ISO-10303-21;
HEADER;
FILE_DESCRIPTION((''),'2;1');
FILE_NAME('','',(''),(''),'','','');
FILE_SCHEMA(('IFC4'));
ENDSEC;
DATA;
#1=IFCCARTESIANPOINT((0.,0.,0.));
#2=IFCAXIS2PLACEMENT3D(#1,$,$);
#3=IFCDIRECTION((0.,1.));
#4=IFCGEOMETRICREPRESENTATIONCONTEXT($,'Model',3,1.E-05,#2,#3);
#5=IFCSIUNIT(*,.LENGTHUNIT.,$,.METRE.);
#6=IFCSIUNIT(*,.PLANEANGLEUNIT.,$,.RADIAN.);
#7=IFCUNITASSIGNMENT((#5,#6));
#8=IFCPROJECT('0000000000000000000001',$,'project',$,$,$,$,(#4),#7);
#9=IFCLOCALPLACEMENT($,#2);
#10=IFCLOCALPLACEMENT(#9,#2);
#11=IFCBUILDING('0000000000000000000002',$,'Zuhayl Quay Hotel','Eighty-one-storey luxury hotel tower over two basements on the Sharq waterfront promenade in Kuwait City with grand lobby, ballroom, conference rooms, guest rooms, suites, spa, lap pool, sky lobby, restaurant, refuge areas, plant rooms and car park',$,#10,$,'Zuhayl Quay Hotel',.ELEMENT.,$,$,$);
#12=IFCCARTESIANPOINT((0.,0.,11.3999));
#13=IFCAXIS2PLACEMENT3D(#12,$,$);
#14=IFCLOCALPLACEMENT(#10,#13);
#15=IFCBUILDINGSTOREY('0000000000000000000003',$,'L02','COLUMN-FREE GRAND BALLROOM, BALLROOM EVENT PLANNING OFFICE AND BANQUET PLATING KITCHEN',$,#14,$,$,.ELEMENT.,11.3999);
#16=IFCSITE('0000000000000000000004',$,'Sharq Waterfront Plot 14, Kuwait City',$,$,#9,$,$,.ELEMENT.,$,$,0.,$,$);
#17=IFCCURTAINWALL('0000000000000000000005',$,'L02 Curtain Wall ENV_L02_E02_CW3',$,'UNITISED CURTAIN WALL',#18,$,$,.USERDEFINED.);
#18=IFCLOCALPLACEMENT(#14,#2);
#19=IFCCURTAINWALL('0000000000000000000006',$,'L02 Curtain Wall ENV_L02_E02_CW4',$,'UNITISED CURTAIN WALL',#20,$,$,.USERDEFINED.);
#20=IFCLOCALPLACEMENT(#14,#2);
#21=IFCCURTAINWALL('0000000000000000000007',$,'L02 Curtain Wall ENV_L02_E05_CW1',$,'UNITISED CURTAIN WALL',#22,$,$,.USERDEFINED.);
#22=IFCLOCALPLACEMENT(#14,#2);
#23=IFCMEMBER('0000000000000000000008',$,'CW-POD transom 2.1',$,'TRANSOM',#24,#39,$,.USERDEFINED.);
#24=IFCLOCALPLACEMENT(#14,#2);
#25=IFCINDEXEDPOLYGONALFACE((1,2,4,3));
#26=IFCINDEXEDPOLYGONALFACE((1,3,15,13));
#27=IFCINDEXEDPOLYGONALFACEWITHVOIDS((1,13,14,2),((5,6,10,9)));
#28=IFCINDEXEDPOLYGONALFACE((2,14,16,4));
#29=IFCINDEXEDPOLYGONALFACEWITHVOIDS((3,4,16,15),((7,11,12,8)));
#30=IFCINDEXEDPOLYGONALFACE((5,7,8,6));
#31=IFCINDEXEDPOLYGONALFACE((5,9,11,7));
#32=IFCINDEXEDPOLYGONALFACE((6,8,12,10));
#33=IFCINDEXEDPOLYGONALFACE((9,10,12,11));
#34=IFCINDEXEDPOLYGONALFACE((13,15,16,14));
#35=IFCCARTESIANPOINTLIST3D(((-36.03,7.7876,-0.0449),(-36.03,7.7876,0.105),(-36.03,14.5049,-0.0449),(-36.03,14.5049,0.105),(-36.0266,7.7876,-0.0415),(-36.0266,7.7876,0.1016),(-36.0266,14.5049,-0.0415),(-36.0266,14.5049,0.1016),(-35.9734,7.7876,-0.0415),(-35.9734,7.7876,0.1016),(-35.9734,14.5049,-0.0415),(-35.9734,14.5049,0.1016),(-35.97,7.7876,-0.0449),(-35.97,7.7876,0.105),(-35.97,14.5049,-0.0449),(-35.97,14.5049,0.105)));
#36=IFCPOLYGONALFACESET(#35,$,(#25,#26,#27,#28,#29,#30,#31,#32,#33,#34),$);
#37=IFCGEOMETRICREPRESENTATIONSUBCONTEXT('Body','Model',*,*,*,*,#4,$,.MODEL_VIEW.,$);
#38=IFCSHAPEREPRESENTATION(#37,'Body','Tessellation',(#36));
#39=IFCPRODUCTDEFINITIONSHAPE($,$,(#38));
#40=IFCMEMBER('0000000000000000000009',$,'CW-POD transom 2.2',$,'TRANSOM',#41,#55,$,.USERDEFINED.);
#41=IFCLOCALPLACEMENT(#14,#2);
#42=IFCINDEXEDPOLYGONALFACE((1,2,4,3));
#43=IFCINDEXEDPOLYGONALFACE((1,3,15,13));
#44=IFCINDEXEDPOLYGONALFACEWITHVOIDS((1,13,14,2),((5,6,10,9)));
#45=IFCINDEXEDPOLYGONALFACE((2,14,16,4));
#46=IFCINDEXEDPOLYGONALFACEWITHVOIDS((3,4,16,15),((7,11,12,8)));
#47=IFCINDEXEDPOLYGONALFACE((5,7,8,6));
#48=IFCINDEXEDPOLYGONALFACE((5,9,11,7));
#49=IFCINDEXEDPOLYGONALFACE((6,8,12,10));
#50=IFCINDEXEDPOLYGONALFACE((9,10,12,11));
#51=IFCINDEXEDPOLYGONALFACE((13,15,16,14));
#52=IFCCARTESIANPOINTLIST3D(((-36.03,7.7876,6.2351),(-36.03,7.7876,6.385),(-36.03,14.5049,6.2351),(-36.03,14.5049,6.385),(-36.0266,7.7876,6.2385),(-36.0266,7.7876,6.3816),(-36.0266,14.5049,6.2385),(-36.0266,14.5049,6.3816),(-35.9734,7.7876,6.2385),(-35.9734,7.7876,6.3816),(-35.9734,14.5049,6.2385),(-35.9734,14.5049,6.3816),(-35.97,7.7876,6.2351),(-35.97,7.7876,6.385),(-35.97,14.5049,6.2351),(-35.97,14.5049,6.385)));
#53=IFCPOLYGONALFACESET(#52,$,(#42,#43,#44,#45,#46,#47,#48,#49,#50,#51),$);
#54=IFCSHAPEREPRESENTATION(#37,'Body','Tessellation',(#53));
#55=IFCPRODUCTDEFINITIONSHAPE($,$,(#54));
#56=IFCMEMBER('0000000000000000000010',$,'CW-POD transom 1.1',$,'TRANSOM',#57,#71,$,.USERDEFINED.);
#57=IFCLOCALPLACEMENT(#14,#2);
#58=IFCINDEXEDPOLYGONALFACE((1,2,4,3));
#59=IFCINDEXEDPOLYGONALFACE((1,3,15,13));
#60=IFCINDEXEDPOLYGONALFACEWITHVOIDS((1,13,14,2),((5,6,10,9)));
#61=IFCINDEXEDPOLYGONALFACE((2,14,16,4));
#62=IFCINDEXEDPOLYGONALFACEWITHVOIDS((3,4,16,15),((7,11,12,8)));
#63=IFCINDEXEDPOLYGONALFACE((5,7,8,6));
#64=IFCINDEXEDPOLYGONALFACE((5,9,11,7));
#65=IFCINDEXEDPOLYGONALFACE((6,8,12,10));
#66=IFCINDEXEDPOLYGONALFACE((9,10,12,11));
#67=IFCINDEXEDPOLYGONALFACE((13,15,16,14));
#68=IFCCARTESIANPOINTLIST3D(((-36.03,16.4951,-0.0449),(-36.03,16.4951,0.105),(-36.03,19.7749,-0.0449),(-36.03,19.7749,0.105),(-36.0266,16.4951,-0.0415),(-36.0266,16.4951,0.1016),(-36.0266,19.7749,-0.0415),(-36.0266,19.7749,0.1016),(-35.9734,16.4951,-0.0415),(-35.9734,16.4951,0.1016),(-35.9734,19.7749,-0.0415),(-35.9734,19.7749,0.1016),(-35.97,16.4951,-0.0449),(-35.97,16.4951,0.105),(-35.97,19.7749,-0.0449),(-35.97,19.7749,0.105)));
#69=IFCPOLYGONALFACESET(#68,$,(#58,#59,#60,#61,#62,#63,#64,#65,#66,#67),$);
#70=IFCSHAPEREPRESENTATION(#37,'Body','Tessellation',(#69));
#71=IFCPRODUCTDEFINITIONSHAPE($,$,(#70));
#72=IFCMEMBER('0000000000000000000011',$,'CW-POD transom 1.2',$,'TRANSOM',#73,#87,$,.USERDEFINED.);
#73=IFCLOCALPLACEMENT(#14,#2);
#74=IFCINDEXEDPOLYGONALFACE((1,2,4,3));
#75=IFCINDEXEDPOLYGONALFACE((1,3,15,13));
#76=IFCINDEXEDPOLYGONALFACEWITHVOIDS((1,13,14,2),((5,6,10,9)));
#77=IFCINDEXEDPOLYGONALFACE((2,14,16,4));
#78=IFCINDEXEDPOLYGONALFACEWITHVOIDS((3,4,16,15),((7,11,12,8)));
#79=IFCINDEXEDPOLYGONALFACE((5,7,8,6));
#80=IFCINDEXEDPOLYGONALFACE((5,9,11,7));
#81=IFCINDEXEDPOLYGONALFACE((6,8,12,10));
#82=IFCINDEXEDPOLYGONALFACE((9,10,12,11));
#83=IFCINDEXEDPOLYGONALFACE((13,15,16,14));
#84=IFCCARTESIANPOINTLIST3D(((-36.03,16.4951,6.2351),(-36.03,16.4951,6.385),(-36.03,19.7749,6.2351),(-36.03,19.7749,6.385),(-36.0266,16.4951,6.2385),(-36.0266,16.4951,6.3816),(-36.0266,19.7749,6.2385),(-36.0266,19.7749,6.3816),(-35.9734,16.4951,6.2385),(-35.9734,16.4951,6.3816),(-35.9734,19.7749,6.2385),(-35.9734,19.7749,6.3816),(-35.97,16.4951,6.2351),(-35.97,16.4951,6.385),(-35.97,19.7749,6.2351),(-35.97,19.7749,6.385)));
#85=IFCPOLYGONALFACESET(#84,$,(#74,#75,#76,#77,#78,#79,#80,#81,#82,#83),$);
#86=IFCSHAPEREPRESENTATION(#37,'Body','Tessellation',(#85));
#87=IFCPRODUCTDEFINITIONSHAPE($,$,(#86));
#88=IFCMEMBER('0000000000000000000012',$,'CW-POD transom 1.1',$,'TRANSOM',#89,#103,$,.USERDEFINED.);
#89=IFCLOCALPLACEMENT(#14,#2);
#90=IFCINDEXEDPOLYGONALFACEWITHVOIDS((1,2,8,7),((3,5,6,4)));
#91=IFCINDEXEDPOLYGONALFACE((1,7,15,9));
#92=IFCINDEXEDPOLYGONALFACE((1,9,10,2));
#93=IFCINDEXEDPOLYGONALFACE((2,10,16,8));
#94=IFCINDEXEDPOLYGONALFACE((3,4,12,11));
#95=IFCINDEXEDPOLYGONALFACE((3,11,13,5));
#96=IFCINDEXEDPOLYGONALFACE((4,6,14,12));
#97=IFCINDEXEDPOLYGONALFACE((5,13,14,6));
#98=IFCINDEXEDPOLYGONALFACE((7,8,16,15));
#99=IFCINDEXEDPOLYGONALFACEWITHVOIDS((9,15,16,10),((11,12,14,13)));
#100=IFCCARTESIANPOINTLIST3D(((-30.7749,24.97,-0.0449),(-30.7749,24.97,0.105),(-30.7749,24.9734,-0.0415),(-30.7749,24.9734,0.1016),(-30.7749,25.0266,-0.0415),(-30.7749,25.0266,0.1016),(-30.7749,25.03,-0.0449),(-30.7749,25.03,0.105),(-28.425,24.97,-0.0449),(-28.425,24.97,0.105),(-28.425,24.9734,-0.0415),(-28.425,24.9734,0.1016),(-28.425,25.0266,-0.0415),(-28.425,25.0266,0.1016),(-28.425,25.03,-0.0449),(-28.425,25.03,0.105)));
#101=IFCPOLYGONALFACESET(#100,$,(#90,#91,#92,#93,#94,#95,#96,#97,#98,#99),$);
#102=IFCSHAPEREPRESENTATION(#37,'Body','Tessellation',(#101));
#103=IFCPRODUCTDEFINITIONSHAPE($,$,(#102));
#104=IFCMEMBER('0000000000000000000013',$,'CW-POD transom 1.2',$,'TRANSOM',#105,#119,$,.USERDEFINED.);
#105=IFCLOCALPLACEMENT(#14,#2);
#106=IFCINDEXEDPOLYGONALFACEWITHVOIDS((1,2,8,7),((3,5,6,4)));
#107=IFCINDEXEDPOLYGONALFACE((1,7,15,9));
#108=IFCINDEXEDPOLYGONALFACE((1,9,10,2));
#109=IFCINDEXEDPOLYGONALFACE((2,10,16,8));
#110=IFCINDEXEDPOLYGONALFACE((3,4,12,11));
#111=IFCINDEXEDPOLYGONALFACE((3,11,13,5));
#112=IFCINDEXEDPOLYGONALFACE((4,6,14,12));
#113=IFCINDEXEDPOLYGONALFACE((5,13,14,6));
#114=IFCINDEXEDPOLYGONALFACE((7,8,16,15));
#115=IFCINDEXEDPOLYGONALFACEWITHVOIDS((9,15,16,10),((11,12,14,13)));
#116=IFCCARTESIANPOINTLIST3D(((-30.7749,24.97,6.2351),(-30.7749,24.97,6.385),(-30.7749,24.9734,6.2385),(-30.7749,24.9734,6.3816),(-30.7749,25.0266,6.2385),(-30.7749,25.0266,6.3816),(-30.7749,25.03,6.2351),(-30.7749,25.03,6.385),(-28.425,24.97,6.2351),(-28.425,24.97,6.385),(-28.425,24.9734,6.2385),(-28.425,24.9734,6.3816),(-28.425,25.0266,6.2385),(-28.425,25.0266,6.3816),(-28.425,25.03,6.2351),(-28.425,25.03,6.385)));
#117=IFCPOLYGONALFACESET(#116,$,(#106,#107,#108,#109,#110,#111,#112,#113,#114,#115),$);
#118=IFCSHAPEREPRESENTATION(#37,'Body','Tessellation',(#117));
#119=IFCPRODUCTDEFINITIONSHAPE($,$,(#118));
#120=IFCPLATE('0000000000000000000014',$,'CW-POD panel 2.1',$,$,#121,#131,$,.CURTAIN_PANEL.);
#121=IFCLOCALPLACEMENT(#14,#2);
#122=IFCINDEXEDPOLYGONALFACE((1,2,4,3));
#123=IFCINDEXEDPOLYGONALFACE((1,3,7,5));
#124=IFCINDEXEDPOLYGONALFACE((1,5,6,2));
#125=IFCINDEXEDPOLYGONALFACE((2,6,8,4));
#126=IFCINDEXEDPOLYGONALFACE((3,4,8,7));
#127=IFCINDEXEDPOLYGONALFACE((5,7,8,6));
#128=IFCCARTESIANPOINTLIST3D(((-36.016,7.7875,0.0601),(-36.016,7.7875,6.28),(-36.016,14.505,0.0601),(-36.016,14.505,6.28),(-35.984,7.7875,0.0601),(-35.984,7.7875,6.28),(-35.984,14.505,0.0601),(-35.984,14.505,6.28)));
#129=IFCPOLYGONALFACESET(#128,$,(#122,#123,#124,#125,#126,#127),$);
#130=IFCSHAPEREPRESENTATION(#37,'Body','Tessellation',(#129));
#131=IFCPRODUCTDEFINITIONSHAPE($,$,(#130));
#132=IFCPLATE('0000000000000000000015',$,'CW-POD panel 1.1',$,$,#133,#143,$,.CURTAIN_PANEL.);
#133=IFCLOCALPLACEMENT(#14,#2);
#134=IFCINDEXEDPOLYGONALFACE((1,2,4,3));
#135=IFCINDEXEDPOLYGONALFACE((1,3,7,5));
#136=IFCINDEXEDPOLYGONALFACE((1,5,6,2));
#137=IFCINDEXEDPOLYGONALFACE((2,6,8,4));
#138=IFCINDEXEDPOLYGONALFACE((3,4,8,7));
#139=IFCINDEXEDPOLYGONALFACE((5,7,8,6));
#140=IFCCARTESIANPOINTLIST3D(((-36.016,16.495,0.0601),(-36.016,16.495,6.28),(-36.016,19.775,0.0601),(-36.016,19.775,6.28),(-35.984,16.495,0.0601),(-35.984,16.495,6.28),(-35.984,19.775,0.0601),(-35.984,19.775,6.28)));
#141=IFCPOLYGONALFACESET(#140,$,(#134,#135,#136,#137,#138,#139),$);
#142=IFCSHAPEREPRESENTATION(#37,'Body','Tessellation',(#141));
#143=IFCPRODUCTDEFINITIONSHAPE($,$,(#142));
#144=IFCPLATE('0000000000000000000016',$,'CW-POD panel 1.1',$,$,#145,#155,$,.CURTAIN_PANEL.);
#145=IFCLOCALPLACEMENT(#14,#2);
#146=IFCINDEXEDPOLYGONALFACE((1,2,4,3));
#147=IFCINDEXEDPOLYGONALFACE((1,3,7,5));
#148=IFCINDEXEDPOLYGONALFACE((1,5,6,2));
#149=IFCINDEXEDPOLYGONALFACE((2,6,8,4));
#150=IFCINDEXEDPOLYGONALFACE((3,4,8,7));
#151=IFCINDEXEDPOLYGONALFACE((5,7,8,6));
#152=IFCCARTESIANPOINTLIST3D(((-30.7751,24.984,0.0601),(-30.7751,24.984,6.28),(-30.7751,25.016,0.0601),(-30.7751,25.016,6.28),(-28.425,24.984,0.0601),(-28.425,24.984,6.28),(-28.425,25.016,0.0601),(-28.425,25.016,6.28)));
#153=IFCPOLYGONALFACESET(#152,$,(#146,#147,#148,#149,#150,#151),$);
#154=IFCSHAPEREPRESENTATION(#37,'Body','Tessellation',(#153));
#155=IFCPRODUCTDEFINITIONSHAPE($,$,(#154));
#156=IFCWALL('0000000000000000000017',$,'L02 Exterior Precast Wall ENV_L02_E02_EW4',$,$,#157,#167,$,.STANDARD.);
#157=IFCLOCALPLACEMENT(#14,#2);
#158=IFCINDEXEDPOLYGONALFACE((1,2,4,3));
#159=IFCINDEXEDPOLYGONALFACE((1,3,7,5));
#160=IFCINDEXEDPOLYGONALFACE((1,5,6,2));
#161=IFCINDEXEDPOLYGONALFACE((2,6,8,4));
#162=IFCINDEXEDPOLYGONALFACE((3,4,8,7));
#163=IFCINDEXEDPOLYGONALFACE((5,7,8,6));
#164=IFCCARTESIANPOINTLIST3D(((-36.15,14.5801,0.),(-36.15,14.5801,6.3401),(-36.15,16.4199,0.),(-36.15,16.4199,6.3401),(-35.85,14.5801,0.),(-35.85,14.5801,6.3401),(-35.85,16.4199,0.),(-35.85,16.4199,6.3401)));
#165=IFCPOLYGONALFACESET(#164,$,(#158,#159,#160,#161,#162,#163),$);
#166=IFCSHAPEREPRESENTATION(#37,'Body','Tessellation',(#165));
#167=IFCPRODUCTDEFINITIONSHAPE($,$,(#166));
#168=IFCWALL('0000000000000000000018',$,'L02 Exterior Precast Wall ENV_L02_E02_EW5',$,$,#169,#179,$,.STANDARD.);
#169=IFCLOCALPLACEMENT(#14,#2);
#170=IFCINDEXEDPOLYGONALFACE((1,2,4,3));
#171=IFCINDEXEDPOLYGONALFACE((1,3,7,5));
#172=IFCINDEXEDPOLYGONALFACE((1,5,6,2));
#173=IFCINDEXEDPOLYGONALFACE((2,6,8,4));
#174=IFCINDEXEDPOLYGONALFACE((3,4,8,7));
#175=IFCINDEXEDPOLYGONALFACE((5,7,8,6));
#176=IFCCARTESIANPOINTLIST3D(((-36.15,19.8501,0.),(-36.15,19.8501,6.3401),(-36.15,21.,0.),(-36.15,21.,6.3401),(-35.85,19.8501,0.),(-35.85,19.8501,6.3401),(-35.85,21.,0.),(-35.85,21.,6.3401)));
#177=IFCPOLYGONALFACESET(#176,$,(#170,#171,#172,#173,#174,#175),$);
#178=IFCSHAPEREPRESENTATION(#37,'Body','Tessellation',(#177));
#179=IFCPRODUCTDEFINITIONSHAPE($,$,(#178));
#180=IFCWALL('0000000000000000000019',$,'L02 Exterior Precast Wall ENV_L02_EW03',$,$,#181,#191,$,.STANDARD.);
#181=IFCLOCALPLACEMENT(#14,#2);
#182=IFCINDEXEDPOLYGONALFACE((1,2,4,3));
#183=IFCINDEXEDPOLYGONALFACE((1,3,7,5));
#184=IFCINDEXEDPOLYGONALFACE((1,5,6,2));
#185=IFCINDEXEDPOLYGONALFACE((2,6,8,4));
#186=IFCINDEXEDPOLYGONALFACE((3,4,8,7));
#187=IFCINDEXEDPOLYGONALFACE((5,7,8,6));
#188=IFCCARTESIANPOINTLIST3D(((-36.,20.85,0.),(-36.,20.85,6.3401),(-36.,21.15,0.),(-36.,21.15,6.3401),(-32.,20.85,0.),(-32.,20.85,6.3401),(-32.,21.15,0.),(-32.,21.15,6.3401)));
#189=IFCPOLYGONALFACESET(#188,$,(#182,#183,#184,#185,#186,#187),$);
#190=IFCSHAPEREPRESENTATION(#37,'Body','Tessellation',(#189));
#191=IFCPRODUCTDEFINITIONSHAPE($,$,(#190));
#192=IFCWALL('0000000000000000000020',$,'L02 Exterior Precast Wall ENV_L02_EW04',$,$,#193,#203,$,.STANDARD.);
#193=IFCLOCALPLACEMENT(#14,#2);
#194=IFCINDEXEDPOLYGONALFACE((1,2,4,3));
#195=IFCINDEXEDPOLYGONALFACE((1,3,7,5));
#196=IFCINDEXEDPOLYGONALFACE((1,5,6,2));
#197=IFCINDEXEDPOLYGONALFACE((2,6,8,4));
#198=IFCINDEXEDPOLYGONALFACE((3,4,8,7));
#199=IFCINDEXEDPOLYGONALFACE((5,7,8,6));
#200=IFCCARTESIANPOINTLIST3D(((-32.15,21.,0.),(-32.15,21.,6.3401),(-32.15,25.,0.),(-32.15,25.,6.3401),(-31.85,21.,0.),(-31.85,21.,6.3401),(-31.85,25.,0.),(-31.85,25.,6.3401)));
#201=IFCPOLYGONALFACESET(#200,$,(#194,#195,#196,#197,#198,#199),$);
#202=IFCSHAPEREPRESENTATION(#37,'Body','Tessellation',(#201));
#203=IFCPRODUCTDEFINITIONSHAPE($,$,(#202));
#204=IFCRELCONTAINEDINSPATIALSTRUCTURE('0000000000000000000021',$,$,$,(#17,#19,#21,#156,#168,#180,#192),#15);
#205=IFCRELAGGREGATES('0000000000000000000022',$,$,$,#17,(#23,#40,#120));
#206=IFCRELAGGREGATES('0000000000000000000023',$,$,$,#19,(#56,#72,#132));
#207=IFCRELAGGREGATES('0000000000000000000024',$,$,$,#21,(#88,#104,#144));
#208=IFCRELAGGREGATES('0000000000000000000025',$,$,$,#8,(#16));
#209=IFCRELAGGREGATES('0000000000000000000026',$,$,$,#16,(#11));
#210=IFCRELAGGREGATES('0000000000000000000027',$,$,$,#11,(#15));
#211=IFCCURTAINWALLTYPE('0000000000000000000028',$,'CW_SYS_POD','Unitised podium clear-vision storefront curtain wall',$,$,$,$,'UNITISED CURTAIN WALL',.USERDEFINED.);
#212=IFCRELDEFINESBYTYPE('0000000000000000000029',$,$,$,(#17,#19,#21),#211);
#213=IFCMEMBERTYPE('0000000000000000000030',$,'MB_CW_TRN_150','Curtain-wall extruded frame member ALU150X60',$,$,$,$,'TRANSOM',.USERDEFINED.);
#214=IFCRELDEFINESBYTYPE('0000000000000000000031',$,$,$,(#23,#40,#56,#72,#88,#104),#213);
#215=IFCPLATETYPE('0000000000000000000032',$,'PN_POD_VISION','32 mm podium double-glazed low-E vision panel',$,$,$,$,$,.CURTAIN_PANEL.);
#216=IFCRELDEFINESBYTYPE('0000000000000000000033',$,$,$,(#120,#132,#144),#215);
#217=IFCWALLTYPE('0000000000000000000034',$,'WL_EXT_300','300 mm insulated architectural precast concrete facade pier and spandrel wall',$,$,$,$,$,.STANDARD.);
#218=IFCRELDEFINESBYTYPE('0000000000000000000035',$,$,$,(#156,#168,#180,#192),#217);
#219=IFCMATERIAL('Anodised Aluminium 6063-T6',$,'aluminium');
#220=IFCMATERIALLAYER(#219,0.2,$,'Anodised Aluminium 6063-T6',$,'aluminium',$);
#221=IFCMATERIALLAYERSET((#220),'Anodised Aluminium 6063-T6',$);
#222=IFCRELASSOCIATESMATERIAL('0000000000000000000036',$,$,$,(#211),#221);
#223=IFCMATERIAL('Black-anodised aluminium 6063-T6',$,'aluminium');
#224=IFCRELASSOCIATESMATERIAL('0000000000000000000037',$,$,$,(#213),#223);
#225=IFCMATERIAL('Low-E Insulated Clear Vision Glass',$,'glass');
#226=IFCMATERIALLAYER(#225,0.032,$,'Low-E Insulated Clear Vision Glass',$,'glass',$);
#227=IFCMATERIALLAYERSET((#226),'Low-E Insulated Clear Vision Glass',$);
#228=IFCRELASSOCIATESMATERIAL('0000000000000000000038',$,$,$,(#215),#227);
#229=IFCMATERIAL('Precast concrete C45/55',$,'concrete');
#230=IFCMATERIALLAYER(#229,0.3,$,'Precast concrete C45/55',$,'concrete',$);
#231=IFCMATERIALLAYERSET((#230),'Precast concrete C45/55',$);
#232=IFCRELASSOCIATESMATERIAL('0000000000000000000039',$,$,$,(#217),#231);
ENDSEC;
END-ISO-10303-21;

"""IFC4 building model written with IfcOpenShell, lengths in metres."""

from ifc_helpers import new_model, si_unit, direction, frame, frame_2d, origin, origin_2d, place, context, subcontext, project, spatial, rectangle, hollow_rectangle, extrude, material, layer, layer_set, material_profile, profile_set, type_object, element, aggregate, save


model = new_model("IFC4")

# Units and contexts
model_context = context("Model", 3, precision=1e-05, world=origin(), true_north=direction((0.0, 1.0)))
body_context = subcontext(model_context, "Body", "Model", "MODEL_VIEW")
ifc_project = project(units=[si_unit("LENGTHUNIT", "METRE"), si_unit("PLANEANGLEUNIT", "RADIAN")], contexts=[model_context])

# Site, building, storey
site_placement = place(None, origin())
site = spatial("IfcSite", under=ifc_project, at=site_placement, Name="Sharq Waterfront Plot 14, Kuwait City", CompositionType="ELEMENT", RefElevation=0.0)
building_placement = place(site_placement, origin())
building = spatial("IfcBuilding", under=site, at=building_placement, Name="Zuhayl Quay Hotel", Description="Eighty-one-storey luxury hotel tower over two basements on the Sharq waterfront promenade in Kuwait City with grand lobby, ballroom, conference rooms, guest rooms, suites, spa, lap pool, sky lobby, restaurant, refuge areas, plant rooms and car park", LongName="Zuhayl Quay Hotel", CompositionType="ELEMENT")
storey_placement = place(building_placement, frame((0.0, 0.0, 11.3999)))
storey = spatial("IfcBuildingStorey", under=building, at=storey_placement, Name="L02", Description="COLUMN-FREE GRAND BALLROOM, BALLROOM EVENT PLANNING OFFICE AND BANQUET PLATING KITCHEN", CompositionType="ELEMENT", Elevation=11.3999)

# Curtain walls
ifc_material_1 = material(Name="Anodised Aluminium 6063-T6", Category="aluminium")
ifc_layer_1 = layer(ifc_material_1, 0.2, Name="Anodised Aluminium 6063-T6", Category="aluminium")
ifc_layer_set_1 = layer_set([ifc_layer_1], Name="Anodised Aluminium 6063-T6")
curtain_wall_type = type_object("IfcCurtainWallType", Name="CW_SYS_POD", Description="Unitised podium clear-vision storefront curtain wall", ElementType="UNITISED CURTAIN WALL", PredefinedType="USERDEFINED", material=ifc_layer_set_1)
curtain_wall_1_placement = place(storey_placement, origin())
curtain_wall_1 = element("IfcCurtainWall", 1, at=curtain_wall_1_placement, inside=storey, type_object=curtain_wall_type, Name="L02 Curtain Wall ENV_L02_E02_CW3", ObjectType="UNITISED CURTAIN WALL", PredefinedType="USERDEFINED")
ifc_material_2 = material(Name="Black-anodised aluminium 6063-T6", Category="aluminium")
curtain_wall_2_placement = place(storey_placement, origin())
curtain_wall_2 = element("IfcCurtainWall", 2, at=curtain_wall_2_placement, inside=storey, type_object=curtain_wall_type, Name="L02 Curtain Wall ENV_L02_E02_CW4", ObjectType="UNITISED CURTAIN WALL", PredefinedType="USERDEFINED")
curtain_wall_3_placement = place(storey_placement, origin())
curtain_wall_3 = element("IfcCurtainWall", 3, at=curtain_wall_3_placement, inside=storey, type_object=curtain_wall_type, Name="L02 Curtain Wall ENV_L02_E05_CW1", ObjectType="UNITISED CURTAIN WALL", PredefinedType="USERDEFINED")

# Members
ifc_material_profile_1 = material_profile(ifc_material_2, hollow_rectangle(XDim=0.0601, YDim=0.1499, WallThickness=0.0034, at=origin_2d()), Name="ALU150X60")
ifc_profile_set_1 = profile_set([ifc_material_profile_1], Name="Black-anodised aluminium 6063-T6")
member_type_1 = type_object("IfcMemberType", Name="MB_CW_TRN_150", Description="Curtain-wall extruded frame member ALU150X60", ElementType="TRANSOM", PredefinedType="USERDEFINED", material=ifc_profile_set_1)
member_1_placement = place(storey_placement, frame((-36.0, 7.7876, 0.03), z_axis=(0.0, 1.0, 0.0), x_axis=(-1.0, 0.0, 0.0)))
member_1 = element("IfcMember", 4, at=member_1_placement, type_object=member_type_1, Name="CW-POD transom 2.1", ObjectType="TRANSOM", PredefinedType="USERDEFINED", context=body_context, shape_type="SweptSolid", body=[
    extrude(hollow_rectangle(XDim=0.0601, YDim=0.1499, WallThickness=0.0034, at=origin_2d()), origin(), (0.0, 0.0, 1.0), 6.7173),
])
member_2_placement = place(storey_placement, frame((-36.0, 7.7876, 6.3101), z_axis=(0.0, 1.0, 0.0), x_axis=(-1.0, 0.0, 0.0)))
member_2 = element("IfcMember", 5, at=member_2_placement, type_object=member_type_1, Name="CW-POD transom 2.2", ObjectType="TRANSOM", PredefinedType="USERDEFINED", context=body_context, shape_type="SweptSolid", body=[
    extrude(hollow_rectangle(XDim=0.0601, YDim=0.1499, WallThickness=0.0034, at=origin_2d()), origin(), (0.0, 0.0, 1.0), 6.7173),
])
member_3_placement = place(storey_placement, frame((-36.0, 16.4951, 0.03), z_axis=(0.0, 1.0, 0.0), x_axis=(-1.0, 0.0, 0.0)))
member_3 = element("IfcMember", 6, at=member_3_placement, type_object=member_type_1, Name="CW-POD transom 1.1", ObjectType="TRANSOM", PredefinedType="USERDEFINED", context=body_context, shape_type="SweptSolid", body=[
    extrude(hollow_rectangle(XDim=0.0601, YDim=0.1499, WallThickness=0.0034, at=origin_2d()), origin(), (0.0, 0.0, 1.0), 3.2798),
])
member_4_placement = place(storey_placement, frame((-36.0, 16.4951, 6.3101), z_axis=(0.0, 1.0, 0.0), x_axis=(-1.0, 0.0, 0.0)))
member_4 = element("IfcMember", 7, at=member_4_placement, type_object=member_type_1, Name="CW-POD transom 1.2", ObjectType="TRANSOM", PredefinedType="USERDEFINED", context=body_context, shape_type="SweptSolid", body=[
    extrude(hollow_rectangle(XDim=0.0601, YDim=0.1499, WallThickness=0.0034, at=origin_2d()), origin(), (0.0, 0.0, 1.0), 3.2798),
])
member_5_placement = place(storey_placement, frame((-30.7749, 25.0, 0.03), z_axis=(1.0, 0.0, 0.0), x_axis=(0.0, 1.0, 0.0)))
member_5 = element("IfcMember", 8, at=member_5_placement, type_object=member_type_1, Name="CW-POD transom 1.1", ObjectType="TRANSOM", PredefinedType="USERDEFINED", context=body_context, shape_type="SweptSolid", body=[
    extrude(hollow_rectangle(XDim=0.0601, YDim=0.1499, WallThickness=0.0034, at=origin_2d()), origin(), (0.0, 0.0, 1.0), 2.3499),
])
member_6_placement = place(storey_placement, frame((-30.7749, 25.0, 6.3101), z_axis=(1.0, 0.0, 0.0), x_axis=(0.0, 1.0, 0.0)))
member_6 = element("IfcMember", 9, at=member_6_placement, type_object=member_type_1, Name="CW-POD transom 1.2", ObjectType="TRANSOM", PredefinedType="USERDEFINED", context=body_context, shape_type="SweptSolid", body=[
    extrude(hollow_rectangle(XDim=0.0601, YDim=0.1499, WallThickness=0.0034, at=origin_2d()), origin(), (0.0, 0.0, 1.0), 2.3499),
])

# Plates
ifc_material_3 = material(Name="Low-E Insulated Clear Vision Glass", Category="glass")
ifc_layer_2 = layer(ifc_material_3, 0.032, Name="Low-E Insulated Clear Vision Glass", Category="glass")
ifc_layer_set_2 = layer_set([ifc_layer_2], Name="Low-E Insulated Clear Vision Glass")
plate_type = type_object("IfcPlateType", Name="PN_POD_VISION", Description="32 mm podium double-glazed low-E vision panel", PredefinedType="CURTAIN_PANEL", material=ifc_layer_set_2)
plate_1_placement = place(storey_placement, frame((-36.0, 11.1462, 0.0601), z_axis=(0.0, 0.0, 1.0), x_axis=(0.0, 1.0, 0.0)))
plate_1 = element("IfcPlate", 10, at=plate_1_placement, type_object=plate_type, Name="CW-POD panel 2.1", PredefinedType="CURTAIN_PANEL", context=body_context, shape_type="SweptSolid", body=[
    extrude(rectangle(XDim=6.7175, YDim=0.032, at=origin_2d()), origin(), (0.0, 0.0, 1.0), 6.22),
])
aggregate(curtain_wall_1, [member_1, member_2, plate_1])
plate_2_placement = place(storey_placement, frame((-36.0, 18.135, 0.0601), z_axis=(0.0, 0.0, 1.0), x_axis=(0.0, 1.0, 0.0)))
plate_2 = element("IfcPlate", 11, at=plate_2_placement, type_object=plate_type, Name="CW-POD panel 1.1", PredefinedType="CURTAIN_PANEL", context=body_context, shape_type="SweptSolid", body=[
    extrude(rectangle(XDim=3.28, YDim=0.032, at=origin_2d()), origin(), (0.0, 0.0, 1.0), 6.22),
])
aggregate(curtain_wall_2, [member_3, member_4, plate_2])
plate_3_placement = place(storey_placement, frame((-29.6001, 25.0, 0.0601), z_axis=(0.0, 0.0, 1.0), x_axis=(1.0, 0.0, 0.0)))
plate_3 = element("IfcPlate", 12, at=plate_3_placement, type_object=plate_type, Name="CW-POD panel 1.1", PredefinedType="CURTAIN_PANEL", context=body_context, shape_type="SweptSolid", body=[
    extrude(rectangle(XDim=2.3501, YDim=0.032, at=origin_2d()), origin(), (0.0, 0.0, 1.0), 6.22),
])
aggregate(curtain_wall_3, [member_5, member_6, plate_3])

# Walls
ifc_material_4 = material(Name="Precast concrete C45/55", Category="concrete")
ifc_layer_3 = layer(ifc_material_4, 0.3, Name="Precast concrete C45/55", Category="concrete")
ifc_layer_set_3 = layer_set([ifc_layer_3], Name="Precast concrete C45/55")
wall_type = type_object("IfcWallType", Name="WL_EXT_300", Description="300 mm insulated architectural precast concrete facade pier and spandrel wall", PredefinedType="STANDARD", material=ifc_layer_set_3)
wall_1_placement = place(storey_placement, frame((-36.0, 14.5801, 0.0), z_axis=(0.0, 0.0, 1.0), x_axis=(0.0, 1.0, 0.0)))
element("IfcWall", 13, at=wall_1_placement, inside=storey, type_object=wall_type, Name="L02 Exterior Precast Wall ENV_L02_E02_EW4", PredefinedType="STANDARD", context=body_context, shape_type="SweptSolid", body=[
    extrude(rectangle(XDim=1.8398, YDim=0.3, at=frame_2d((0.9199, 0.0))), origin(), (0.0, 0.0, 1.0), 6.3401),
])
wall_2_placement = place(storey_placement, frame((-36.0, 19.8501, 0.0), z_axis=(0.0, 0.0, 1.0), x_axis=(0.0, 1.0, 0.0)))
element("IfcWall", 14, at=wall_2_placement, inside=storey, type_object=wall_type, Name="L02 Exterior Precast Wall ENV_L02_E02_EW5", PredefinedType="STANDARD", context=body_context, shape_type="SweptSolid", body=[
    extrude(rectangle(XDim=1.1499, YDim=0.3, at=frame_2d((0.575, 0.0))), origin(), (0.0, 0.0, 1.0), 6.3401),
])
for number, where, z_axis, x_axis, name in (
    (15, (-36.0, 21.0, 0.0), (0.0, 0.0, 1.0), (1.0, 0.0, 0.0), "L02 Exterior Precast Wall ENV_L02_EW03"),
    (16, (-32.0, 21.0, 0.0), (0.0, 0.0, 1.0), (0.0, 1.0, 0.0), "L02 Exterior Precast Wall ENV_L02_EW04"),
):
    element("IfcWall", number, at=place(storey_placement, frame(where, z_axis=z_axis, x_axis=x_axis)), inside=storey, type_object=wall_type, Name=name, PredefinedType="STANDARD", context=body_context, shape_type="SweptSolid", body=[
        extrude(rectangle(XDim=4.0, YDim=0.3, at=frame_2d((2.0, 0.0))), origin(), (0.0, 0.0, 1.0), 6.3401),
    ])

save(model, "model.ifc")
